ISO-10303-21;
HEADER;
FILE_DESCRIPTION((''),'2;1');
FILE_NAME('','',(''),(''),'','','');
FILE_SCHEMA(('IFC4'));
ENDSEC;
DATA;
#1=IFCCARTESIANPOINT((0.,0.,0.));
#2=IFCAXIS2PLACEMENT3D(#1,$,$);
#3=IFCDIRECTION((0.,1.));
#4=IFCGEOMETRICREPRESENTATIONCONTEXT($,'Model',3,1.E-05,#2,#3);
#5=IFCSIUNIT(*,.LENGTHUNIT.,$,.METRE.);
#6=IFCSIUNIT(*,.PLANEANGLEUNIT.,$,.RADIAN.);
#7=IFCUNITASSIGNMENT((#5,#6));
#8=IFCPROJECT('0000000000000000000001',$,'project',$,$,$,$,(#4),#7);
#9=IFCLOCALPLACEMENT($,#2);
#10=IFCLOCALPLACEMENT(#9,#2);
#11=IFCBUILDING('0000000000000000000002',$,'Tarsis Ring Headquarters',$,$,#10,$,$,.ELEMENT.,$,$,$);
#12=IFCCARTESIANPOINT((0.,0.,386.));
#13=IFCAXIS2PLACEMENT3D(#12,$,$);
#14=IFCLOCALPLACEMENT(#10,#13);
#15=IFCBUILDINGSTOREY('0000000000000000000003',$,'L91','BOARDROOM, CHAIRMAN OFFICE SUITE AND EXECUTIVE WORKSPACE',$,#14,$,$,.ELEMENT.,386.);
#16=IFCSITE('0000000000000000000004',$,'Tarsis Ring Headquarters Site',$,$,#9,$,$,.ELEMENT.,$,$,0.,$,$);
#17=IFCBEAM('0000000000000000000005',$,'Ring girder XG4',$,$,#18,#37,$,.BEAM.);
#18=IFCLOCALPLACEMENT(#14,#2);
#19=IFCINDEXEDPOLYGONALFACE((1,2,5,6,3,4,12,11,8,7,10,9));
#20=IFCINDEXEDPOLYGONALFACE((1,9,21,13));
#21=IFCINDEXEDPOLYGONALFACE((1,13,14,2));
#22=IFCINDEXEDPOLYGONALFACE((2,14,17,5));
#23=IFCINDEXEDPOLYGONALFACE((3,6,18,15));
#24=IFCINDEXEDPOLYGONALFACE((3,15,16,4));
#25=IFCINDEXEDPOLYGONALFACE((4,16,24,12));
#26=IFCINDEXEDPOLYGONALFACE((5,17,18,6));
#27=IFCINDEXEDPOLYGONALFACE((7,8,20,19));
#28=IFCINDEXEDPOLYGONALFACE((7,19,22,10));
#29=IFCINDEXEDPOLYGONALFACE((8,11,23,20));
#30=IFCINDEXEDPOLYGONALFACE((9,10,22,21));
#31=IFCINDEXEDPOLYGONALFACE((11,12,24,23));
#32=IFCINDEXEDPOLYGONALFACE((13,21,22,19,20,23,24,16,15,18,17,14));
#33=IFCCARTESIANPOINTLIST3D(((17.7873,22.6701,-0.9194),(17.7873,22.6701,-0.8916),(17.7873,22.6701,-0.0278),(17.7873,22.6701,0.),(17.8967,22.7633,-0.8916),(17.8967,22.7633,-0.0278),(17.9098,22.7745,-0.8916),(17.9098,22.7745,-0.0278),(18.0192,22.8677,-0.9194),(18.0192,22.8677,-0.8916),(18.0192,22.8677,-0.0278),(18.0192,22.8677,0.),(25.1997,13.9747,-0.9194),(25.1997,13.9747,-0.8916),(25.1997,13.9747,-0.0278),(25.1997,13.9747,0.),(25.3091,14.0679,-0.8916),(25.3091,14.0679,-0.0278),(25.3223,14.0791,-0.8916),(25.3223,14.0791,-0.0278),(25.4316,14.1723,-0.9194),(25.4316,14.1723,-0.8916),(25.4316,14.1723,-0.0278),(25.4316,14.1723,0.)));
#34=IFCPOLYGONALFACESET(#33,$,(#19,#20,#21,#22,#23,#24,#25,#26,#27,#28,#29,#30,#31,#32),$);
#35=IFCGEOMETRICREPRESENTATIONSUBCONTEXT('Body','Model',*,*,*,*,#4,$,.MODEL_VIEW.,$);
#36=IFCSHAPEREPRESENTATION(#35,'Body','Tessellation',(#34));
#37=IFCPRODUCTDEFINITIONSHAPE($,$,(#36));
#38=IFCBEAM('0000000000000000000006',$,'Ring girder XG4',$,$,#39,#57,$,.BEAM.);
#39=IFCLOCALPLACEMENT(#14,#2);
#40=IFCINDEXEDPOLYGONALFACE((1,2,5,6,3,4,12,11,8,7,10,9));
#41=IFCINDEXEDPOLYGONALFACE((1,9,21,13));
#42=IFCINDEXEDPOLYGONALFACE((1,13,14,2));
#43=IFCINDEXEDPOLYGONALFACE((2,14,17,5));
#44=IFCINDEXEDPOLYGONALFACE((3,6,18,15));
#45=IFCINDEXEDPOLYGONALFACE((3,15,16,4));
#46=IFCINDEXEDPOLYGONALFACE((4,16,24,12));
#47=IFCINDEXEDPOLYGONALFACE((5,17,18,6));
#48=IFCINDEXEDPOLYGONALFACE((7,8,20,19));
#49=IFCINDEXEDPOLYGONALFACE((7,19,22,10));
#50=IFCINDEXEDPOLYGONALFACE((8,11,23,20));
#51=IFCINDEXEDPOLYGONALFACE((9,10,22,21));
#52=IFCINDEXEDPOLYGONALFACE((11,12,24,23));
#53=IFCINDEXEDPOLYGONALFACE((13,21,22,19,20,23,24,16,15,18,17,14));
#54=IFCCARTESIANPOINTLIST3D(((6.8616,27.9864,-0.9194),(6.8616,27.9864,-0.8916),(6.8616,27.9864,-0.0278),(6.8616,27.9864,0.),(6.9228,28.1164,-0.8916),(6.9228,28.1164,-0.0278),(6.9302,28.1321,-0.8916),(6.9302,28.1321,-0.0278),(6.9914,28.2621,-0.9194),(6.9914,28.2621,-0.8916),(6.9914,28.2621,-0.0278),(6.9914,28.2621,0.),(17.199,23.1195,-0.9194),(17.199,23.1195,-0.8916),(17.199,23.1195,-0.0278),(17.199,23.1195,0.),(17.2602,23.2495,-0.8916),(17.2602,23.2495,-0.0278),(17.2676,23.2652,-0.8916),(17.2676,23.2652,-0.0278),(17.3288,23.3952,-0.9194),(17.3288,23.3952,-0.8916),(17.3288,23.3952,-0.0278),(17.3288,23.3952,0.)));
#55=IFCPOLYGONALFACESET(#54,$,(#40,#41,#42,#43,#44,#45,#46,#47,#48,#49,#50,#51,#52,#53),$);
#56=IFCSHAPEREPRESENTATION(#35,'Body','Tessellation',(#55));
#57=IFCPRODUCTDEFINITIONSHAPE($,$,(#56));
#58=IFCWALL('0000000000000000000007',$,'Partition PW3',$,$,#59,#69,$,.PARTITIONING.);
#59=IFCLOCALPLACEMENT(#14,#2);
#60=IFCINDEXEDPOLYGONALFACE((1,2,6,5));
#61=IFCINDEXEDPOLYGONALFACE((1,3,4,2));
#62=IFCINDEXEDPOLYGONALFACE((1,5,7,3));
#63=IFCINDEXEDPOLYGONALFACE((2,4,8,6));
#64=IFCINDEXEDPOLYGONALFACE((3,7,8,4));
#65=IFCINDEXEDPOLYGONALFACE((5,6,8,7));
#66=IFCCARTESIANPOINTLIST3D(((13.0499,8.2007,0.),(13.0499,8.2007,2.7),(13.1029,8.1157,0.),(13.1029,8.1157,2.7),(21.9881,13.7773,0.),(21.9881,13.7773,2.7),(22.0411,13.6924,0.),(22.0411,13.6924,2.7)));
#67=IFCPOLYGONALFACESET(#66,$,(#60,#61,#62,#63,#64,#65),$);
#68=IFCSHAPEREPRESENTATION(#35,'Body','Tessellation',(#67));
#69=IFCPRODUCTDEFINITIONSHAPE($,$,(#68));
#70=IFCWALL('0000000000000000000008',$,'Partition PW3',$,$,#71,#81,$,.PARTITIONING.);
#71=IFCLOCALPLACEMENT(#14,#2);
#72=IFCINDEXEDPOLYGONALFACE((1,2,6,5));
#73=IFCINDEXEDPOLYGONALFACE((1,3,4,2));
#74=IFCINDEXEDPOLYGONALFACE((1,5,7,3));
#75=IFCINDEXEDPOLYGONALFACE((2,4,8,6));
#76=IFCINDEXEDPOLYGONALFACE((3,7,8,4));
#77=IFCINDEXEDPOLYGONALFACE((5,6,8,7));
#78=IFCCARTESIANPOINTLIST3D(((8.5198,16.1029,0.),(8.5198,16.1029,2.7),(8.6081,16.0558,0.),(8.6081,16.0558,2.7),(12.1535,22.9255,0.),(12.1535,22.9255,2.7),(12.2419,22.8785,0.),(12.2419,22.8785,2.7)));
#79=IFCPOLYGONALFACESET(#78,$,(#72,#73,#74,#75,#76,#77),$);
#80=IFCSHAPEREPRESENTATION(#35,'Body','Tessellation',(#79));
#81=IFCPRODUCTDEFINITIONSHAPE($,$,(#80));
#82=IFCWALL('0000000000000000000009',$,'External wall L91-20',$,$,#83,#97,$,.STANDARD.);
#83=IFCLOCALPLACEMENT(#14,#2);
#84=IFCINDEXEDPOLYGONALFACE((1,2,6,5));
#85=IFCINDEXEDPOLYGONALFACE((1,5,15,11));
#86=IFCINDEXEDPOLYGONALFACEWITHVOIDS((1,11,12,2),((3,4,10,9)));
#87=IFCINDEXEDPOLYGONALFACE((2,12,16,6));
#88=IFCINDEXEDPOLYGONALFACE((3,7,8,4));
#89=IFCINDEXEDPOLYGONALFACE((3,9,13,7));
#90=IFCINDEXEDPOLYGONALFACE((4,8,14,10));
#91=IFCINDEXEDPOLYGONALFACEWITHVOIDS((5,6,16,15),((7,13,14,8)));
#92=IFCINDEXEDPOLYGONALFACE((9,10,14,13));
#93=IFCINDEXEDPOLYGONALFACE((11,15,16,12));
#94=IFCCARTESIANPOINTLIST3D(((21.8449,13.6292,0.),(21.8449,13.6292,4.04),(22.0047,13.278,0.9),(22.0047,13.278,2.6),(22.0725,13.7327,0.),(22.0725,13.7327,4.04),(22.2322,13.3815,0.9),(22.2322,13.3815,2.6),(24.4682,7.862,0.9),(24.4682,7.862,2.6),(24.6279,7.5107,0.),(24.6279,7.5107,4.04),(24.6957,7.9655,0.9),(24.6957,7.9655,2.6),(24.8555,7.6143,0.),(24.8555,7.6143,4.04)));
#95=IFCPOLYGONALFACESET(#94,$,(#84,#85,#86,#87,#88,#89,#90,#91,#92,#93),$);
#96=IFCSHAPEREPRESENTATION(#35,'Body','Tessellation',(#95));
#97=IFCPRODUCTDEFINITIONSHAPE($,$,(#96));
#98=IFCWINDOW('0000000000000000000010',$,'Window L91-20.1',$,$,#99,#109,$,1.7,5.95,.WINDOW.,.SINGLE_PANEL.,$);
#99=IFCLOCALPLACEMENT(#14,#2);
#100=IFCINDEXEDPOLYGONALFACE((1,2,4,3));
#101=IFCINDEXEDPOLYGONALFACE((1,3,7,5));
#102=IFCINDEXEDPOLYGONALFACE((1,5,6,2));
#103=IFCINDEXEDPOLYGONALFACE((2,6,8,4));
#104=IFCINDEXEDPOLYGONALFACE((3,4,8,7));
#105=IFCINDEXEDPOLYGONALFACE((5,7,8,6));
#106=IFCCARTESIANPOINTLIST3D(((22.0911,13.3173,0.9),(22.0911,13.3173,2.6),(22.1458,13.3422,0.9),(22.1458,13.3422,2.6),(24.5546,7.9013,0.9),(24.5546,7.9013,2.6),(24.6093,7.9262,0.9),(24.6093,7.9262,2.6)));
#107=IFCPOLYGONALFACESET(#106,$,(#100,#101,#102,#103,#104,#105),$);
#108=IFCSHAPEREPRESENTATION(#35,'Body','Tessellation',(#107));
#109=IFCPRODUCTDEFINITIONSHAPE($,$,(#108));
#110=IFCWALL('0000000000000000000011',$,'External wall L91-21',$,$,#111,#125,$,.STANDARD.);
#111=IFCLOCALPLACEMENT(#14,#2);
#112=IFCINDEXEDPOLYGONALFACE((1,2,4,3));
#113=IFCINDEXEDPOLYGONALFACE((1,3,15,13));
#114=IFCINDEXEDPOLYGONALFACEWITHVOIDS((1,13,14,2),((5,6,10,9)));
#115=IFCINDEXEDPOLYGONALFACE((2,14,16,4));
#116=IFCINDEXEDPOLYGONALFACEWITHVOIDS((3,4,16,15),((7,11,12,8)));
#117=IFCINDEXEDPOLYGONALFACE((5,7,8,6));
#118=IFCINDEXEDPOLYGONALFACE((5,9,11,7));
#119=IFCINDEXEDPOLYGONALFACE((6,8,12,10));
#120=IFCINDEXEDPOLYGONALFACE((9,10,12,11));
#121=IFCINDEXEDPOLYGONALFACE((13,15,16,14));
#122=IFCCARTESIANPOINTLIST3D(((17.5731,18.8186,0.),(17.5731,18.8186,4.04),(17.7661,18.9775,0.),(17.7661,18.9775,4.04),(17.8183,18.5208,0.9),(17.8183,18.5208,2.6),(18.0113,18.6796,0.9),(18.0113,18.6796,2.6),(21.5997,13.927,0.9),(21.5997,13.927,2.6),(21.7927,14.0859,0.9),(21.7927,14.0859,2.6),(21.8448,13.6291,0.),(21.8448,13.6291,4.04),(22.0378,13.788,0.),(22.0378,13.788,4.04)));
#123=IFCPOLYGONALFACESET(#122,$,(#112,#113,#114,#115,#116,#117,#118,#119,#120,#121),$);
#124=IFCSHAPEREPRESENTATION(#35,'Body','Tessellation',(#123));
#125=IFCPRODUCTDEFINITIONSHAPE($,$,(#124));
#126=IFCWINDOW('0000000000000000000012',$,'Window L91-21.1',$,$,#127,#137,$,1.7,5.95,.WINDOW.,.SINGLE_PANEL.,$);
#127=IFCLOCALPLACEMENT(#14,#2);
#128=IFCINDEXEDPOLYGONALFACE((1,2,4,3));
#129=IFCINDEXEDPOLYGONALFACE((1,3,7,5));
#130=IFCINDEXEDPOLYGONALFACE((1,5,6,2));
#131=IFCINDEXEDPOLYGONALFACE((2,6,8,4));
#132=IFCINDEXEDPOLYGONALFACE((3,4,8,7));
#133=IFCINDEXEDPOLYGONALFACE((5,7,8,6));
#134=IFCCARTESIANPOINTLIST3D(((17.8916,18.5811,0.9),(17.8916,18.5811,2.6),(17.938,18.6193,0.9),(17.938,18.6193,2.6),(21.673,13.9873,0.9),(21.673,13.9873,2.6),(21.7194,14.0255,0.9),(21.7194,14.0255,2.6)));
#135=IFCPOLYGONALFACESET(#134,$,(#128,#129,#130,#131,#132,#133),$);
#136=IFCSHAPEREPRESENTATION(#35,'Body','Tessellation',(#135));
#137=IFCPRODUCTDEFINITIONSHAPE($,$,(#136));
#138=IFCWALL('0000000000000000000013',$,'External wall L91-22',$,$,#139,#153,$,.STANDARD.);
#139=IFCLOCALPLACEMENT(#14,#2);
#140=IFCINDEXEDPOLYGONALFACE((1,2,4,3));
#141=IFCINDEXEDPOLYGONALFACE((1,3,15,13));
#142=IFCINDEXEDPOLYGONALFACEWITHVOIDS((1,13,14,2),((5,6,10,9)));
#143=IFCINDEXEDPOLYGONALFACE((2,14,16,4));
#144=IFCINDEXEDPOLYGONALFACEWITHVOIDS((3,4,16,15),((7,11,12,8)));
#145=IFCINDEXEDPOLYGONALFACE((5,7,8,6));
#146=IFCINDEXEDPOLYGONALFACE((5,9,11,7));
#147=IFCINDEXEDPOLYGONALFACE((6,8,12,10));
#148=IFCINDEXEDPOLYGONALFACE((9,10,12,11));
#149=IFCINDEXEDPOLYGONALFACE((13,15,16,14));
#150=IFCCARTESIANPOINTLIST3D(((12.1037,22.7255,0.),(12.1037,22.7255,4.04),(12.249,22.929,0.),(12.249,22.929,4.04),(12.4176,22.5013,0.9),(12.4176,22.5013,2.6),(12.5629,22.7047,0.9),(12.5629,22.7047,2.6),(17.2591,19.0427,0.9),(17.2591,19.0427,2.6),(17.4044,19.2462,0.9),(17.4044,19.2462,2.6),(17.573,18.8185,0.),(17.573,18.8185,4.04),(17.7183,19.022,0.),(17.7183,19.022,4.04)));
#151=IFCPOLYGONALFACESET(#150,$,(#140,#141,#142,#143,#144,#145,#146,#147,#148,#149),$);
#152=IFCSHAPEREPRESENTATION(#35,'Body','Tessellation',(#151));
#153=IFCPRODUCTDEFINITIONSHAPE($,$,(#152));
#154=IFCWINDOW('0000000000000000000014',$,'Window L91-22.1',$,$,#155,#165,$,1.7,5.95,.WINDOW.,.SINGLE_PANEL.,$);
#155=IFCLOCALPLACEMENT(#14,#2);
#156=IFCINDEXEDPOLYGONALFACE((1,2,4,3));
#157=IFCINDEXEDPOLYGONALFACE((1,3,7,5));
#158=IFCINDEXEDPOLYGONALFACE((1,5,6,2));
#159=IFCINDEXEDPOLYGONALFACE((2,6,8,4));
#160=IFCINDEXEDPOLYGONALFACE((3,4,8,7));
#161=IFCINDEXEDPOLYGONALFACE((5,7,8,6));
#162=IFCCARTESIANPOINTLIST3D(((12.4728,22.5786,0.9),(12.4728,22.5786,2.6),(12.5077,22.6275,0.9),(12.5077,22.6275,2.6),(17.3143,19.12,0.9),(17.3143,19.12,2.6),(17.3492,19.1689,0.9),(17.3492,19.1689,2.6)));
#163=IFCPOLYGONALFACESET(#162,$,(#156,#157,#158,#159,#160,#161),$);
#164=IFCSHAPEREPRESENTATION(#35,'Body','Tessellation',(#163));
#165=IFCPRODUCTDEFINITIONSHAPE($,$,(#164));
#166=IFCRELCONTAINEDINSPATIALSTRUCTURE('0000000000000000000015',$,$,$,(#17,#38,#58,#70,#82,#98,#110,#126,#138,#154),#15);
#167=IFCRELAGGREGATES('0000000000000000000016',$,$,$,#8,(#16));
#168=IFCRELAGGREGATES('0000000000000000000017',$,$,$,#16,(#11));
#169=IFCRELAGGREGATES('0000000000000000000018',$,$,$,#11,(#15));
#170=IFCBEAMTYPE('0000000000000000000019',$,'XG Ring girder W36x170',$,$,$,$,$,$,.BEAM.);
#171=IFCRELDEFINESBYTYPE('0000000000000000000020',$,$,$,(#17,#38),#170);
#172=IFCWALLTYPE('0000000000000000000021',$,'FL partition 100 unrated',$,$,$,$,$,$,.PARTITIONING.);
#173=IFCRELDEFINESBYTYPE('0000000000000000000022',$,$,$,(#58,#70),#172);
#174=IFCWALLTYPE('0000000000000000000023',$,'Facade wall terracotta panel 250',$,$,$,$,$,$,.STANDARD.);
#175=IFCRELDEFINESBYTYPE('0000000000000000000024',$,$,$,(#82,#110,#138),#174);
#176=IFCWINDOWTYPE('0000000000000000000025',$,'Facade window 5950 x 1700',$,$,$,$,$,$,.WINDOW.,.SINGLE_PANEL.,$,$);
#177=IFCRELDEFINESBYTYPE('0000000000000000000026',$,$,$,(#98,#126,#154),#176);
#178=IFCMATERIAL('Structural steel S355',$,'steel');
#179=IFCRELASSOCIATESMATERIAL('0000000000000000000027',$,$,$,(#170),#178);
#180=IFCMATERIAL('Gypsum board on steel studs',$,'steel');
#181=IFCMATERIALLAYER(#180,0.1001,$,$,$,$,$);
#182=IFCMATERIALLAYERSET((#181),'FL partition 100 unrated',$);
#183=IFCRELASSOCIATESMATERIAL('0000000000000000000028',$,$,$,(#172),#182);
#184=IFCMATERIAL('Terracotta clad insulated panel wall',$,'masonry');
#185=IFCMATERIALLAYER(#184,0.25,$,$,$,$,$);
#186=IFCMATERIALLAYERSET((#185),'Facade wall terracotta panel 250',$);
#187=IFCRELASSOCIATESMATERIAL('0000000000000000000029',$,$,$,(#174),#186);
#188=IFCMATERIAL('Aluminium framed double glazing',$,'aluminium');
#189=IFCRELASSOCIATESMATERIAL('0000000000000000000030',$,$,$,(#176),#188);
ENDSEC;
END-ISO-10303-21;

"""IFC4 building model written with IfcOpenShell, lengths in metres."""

from ifc_helpers import new_model, si_unit, direction, frame, frame_2d, origin, origin_2d, place, context, subcontext, project, spatial, rectangle, i_section, extrude, material, layer, layer_set, material_profile, profile_set, type_object, element, fill, save


model = new_model("IFC4")

# Units and contexts
model_context = context("Model", 3, precision=1e-05, world=origin(), true_north=direction((0.0, 1.0)))
body_context = subcontext(model_context, "Body", "Model", "MODEL_VIEW")
ifc_project = project(units=[si_unit("LENGTHUNIT", "METRE"), si_unit("PLANEANGLEUNIT", "RADIAN")], contexts=[model_context])

# Site, building, storey
site_placement = place(None, origin())
site = spatial("IfcSite", under=ifc_project, at=site_placement, Name="Tarsis Ring Headquarters Site", CompositionType="ELEMENT", RefElevation=0.0)
building_placement = place(site_placement, origin())
building = spatial("IfcBuilding", under=site, at=building_placement, Name="Tarsis Ring Headquarters", CompositionType="ELEMENT")
storey_placement = place(building_placement, frame((0.0, 0.0, 386.0)))
storey = spatial("IfcBuildingStorey", under=building, at=storey_placement, Name="L91", Description="BOARDROOM, CHAIRMAN OFFICE SUITE AND EXECUTIVE WORKSPACE", CompositionType="ELEMENT", Elevation=386.0)

# Shared definitions
ifc_material_1 = material(Name="Structural steel S355", Category="steel")

# Beams
ifc_material_profile_1 = material_profile(ifc_material_1, i_section(OverallWidth=0.3047, OverallDepth=0.9194, WebThickness=0.0173, FlangeThickness=0.0278, at=origin_2d()), Name="W36x170")
ifc_profile_set_1 = profile_set([ifc_material_profile_1], Name="Structural steel S355")
beam_type_1 = type_object("IfcBeamType", Name="XG Ring girder W36x170", PredefinedType="BEAM", material=ifc_profile_set_1)
beam_1_placement = place(storey_placement, frame((25.3157, 14.0735, -0.4597), z_axis=(-0.648732, 0.761017, 0.0), x_axis=(-0.761017, -0.648732, 0.0)))
element("IfcBeam", 1, at=beam_1_placement, inside=storey, type_object=beam_type_1, Name="Ring girder XG4", PredefinedType="BEAM", context=body_context, shape_type="SweptSolid", body=[
    extrude(i_section(OverallWidth=0.3047, OverallDepth=0.9194, WebThickness=0.0173, FlangeThickness=0.0278, at=origin_2d()), origin(), (0.0, 0.0, 1.0), 11.426),
])
beam_2_placement = place(storey_placement, frame((17.2639, 23.2573, -0.4597), z_axis=(-0.904742, 0.425961, 0.0), x_axis=(-0.425961, -0.904742, 0.0)))
element("IfcBeam", 2, at=beam_2_placement, inside=storey, type_object=beam_type_1, Name="Ring girder XG4", PredefinedType="BEAM", context=body_context, shape_type="SweptSolid", body=[
    extrude(i_section(OverallWidth=0.3047, OverallDepth=0.9194, WebThickness=0.0173, FlangeThickness=0.0278, at=origin_2d()), origin(), (0.0, 0.0, 1.0), 11.4258),
])

# Walls
ifc_material_2 = material(Name="Gypsum board on steel studs", Category="steel")
ifc_layer_1 = layer(ifc_material_2, 0.1001)
ifc_layer_set_1 = layer_set([ifc_layer_1], Name="FL partition 100 unrated")
wall_type_1 = type_object("IfcWallType", Name="FL partition 100 unrated", PredefinedType="PARTITIONING", material=ifc_layer_set_1)
wall_1_placement = place(storey_placement, frame((13.0764, 8.1582, 0.0), z_axis=(0.0, 0.0, 1.0), x_axis=(0.848413, 0.529334, 0.0)))
element("IfcWall", 3, at=wall_1_placement, inside=storey, type_object=wall_type_1, Name="Partition PW3", PredefinedType="PARTITIONING", context=body_context, shape_type="SweptSolid", body=[
    extrude(rectangle(XDim=10.5352, YDim=0.1001, at=frame_2d((5.2676, 0.0))), origin(), (0.0, 0.0, 1.0), 2.7),
])
wall_2_placement = place(storey_placement, frame((8.564, 16.0793, 0.0), z_axis=(0.0, 0.0, 1.0), x_axis=(0.470083, 0.882622, 0.0)))
element("IfcWall", 4, at=wall_2_placement, inside=storey, type_object=wall_type_1, Name="Partition PW3", PredefinedType="PARTITIONING", context=body_context, shape_type="SweptSolid", body=[
    extrude(rectangle(XDim=7.73, YDim=0.1001, at=frame_2d((3.865, 0.0))), origin(), (0.0, 0.0, 1.0), 2.7),
])

# Walls, openings, windows
ifc_material_3 = material(Name="Terracotta clad insulated panel wall", Category="masonry")
ifc_layer_2 = layer(ifc_material_3, 0.25)
ifc_layer_set_2 = layer_set([ifc_layer_2], Name="Facade wall terracotta panel 250")
wall_type_2 = type_object("IfcWallType", Name="Facade wall terracotta panel 250", PredefinedType="STANDARD", material=ifc_layer_set_2)
wall_3_placement = place(storey_placement, frame((24.7417, 7.5625, 0.0), z_axis=(0.0, 0.0, 1.0), x_axis=(-0.414033, 0.910262, 0.0)))
wall_3 = element("IfcWall", 5, at=wall_3_placement, inside=storey, type_object=wall_type_2, Name="External wall L91-20", PredefinedType="STANDARD", context=body_context, shape_type="SweptSolid", body=[
    extrude(rectangle(XDim=6.7217, YDim=0.25, at=frame_2d((3.3608, 0.0))), origin(), (0.0, 0.0, 1.0), 4.04),
])
opening_1_placement = place(wall_3_placement, frame((0.3857, 0.0, 0.8999)))
opening_1 = element("IfcOpeningElement", 6, at=opening_1_placement, cuts=wall_3, PredefinedType="OPENING", context=body_context, shape_type="SweptSolid", body=[
    extrude(rectangle(XDim=5.95, YDim=1.7, at=frame_2d((2.9751, 0.8501))), frame((0.0, 0.135, 0.0), z_axis=(0.0, -1.0, 0.0), x_axis=(1.0, 0.0, 0.0)), (0.0, 0.0, 1.0), 0.27),
])
ifc_material_4 = material(Name="Aluminium framed double glazing", Category="aluminium")
window_type = type_object("IfcWindowType", Name="Facade window 5950 x 1700", PartitioningType="SINGLE_PANEL", PredefinedType="WINDOW", material=ifc_material_4)
window_1_placement = place(opening_1_placement, origin())
window_1 = element("IfcWindow", 7, at=window_1_placement, inside=storey, type_object=window_type, Name="Window L91-20.1", OverallHeight=1.7, OverallWidth=5.95, PartitioningType="SINGLE_PANEL", PredefinedType="WINDOW", context=body_context, shape_type="SweptSolid", body=[
    extrude(rectangle(XDim=5.95, YDim=1.7, at=frame_2d((2.9751, 0.8501))), frame((0.0, 0.03, 0.0), z_axis=(0.0, -1.0, 0.0), x_axis=(1.0, 0.0, 0.0)), (0.0, 0.0, 1.0), 0.0601),
])
fill(opening_1, window_1)
wall_4_placement = place(storey_placement, frame((21.9414, 13.7085, 0.0), z_axis=(0.0, 0.0, 1.0), x_axis=(-0.635535, 0.772072, 0.0)))
wall_4 = element("IfcWall", 8, at=wall_4_placement, inside=storey, type_object=wall_type_2, Name="External wall L91-21", PredefinedType="STANDARD", context=body_context, shape_type="SweptSolid", body=[
    extrude(rectangle(XDim=6.7214, YDim=0.25, at=frame_2d((3.3608, 0.0))), origin(), (0.0, 0.0, 1.0), 4.04),
])
opening_2_placement = place(wall_4_placement, frame((0.3857, 0.0, 0.8999)))
opening_2 = element("IfcOpeningElement", 9, at=opening_2_placement, cuts=wall_4, PredefinedType="OPENING", context=body_context, shape_type="SweptSolid", body=[
    extrude(rectangle(XDim=5.95, YDim=1.7, at=frame_2d((2.9751, 0.8501))), frame((0.0, 0.135, 0.0), z_axis=(0.0, -1.0, 0.0), x_axis=(1.0, 0.0, 0.0)), (0.0, 0.0, 1.0), 0.27),
])
window_2_placement = place(opening_2_placement, origin())
window_2 = element("IfcWindow", 10, at=window_2_placement, inside=storey, type_object=window_type, Name="Window L91-21.1", OverallHeight=1.7, OverallWidth=5.95, PartitioningType="SINGLE_PANEL", PredefinedType="WINDOW", context=body_context, shape_type="SweptSolid", body=[
    extrude(rectangle(XDim=5.95, YDim=1.7, at=frame_2d((2.9751, 0.8501))), frame((0.0, 0.03, 0.0), z_axis=(0.0, -1.0, 0.0), x_axis=(1.0, 0.0, 0.0)), (0.0, 0.0, 1.0), 0.0601),
])
fill(opening_2, window_2)
wall_5_placement = place(storey_placement, frame((17.6458, 18.9202, 0.0), z_axis=(0.0, 0.0, 1.0), x_axis=(-0.813706, 0.581276, 0.0)))
wall_5 = element("IfcWall", 11, at=wall_5_placement, inside=storey, type_object=wall_type_2, Name="External wall L91-22", PredefinedType="STANDARD", context=body_context, shape_type="SweptSolid", body=[
    extrude(rectangle(XDim=6.7214, YDim=0.25, at=frame_2d((3.3608, 0.0))), origin(), (0.0, 0.0, 1.0), 4.04),
])
opening_3_placement = place(wall_5_placement, frame((0.3857, 0.0, 0.8999)))
opening_3 = element("IfcOpeningElement", 12, at=opening_3_placement, cuts=wall_5, PredefinedType="OPENING", context=body_context, shape_type="SweptSolid", body=[
    extrude(rectangle(XDim=5.95, YDim=1.7, at=frame_2d((2.9751, 0.8501))), frame((0.0, 0.135, 0.0), z_axis=(0.0, -1.0, 0.0), x_axis=(1.0, 0.0, 0.0)), (0.0, 0.0, 1.0), 0.27),
])
window_3_placement = place(opening_3_placement, origin())
window_3 = element("IfcWindow", 13, at=window_3_placement, inside=storey, type_object=window_type, Name="Window L91-22.1", OverallHeight=1.7, OverallWidth=5.95, PartitioningType="SINGLE_PANEL", PredefinedType="WINDOW", context=body_context, shape_type="SweptSolid", body=[
    extrude(rectangle(XDim=5.95, YDim=1.7, at=frame_2d((2.9751, 0.8501))), frame((0.0, 0.03, 0.0), z_axis=(0.0, -1.0, 0.0), x_axis=(1.0, 0.0, 0.0)), (0.0, 0.0, 1.0), 0.0601),
])
fill(opening_3, window_3)

save(model, "model.ifc")
